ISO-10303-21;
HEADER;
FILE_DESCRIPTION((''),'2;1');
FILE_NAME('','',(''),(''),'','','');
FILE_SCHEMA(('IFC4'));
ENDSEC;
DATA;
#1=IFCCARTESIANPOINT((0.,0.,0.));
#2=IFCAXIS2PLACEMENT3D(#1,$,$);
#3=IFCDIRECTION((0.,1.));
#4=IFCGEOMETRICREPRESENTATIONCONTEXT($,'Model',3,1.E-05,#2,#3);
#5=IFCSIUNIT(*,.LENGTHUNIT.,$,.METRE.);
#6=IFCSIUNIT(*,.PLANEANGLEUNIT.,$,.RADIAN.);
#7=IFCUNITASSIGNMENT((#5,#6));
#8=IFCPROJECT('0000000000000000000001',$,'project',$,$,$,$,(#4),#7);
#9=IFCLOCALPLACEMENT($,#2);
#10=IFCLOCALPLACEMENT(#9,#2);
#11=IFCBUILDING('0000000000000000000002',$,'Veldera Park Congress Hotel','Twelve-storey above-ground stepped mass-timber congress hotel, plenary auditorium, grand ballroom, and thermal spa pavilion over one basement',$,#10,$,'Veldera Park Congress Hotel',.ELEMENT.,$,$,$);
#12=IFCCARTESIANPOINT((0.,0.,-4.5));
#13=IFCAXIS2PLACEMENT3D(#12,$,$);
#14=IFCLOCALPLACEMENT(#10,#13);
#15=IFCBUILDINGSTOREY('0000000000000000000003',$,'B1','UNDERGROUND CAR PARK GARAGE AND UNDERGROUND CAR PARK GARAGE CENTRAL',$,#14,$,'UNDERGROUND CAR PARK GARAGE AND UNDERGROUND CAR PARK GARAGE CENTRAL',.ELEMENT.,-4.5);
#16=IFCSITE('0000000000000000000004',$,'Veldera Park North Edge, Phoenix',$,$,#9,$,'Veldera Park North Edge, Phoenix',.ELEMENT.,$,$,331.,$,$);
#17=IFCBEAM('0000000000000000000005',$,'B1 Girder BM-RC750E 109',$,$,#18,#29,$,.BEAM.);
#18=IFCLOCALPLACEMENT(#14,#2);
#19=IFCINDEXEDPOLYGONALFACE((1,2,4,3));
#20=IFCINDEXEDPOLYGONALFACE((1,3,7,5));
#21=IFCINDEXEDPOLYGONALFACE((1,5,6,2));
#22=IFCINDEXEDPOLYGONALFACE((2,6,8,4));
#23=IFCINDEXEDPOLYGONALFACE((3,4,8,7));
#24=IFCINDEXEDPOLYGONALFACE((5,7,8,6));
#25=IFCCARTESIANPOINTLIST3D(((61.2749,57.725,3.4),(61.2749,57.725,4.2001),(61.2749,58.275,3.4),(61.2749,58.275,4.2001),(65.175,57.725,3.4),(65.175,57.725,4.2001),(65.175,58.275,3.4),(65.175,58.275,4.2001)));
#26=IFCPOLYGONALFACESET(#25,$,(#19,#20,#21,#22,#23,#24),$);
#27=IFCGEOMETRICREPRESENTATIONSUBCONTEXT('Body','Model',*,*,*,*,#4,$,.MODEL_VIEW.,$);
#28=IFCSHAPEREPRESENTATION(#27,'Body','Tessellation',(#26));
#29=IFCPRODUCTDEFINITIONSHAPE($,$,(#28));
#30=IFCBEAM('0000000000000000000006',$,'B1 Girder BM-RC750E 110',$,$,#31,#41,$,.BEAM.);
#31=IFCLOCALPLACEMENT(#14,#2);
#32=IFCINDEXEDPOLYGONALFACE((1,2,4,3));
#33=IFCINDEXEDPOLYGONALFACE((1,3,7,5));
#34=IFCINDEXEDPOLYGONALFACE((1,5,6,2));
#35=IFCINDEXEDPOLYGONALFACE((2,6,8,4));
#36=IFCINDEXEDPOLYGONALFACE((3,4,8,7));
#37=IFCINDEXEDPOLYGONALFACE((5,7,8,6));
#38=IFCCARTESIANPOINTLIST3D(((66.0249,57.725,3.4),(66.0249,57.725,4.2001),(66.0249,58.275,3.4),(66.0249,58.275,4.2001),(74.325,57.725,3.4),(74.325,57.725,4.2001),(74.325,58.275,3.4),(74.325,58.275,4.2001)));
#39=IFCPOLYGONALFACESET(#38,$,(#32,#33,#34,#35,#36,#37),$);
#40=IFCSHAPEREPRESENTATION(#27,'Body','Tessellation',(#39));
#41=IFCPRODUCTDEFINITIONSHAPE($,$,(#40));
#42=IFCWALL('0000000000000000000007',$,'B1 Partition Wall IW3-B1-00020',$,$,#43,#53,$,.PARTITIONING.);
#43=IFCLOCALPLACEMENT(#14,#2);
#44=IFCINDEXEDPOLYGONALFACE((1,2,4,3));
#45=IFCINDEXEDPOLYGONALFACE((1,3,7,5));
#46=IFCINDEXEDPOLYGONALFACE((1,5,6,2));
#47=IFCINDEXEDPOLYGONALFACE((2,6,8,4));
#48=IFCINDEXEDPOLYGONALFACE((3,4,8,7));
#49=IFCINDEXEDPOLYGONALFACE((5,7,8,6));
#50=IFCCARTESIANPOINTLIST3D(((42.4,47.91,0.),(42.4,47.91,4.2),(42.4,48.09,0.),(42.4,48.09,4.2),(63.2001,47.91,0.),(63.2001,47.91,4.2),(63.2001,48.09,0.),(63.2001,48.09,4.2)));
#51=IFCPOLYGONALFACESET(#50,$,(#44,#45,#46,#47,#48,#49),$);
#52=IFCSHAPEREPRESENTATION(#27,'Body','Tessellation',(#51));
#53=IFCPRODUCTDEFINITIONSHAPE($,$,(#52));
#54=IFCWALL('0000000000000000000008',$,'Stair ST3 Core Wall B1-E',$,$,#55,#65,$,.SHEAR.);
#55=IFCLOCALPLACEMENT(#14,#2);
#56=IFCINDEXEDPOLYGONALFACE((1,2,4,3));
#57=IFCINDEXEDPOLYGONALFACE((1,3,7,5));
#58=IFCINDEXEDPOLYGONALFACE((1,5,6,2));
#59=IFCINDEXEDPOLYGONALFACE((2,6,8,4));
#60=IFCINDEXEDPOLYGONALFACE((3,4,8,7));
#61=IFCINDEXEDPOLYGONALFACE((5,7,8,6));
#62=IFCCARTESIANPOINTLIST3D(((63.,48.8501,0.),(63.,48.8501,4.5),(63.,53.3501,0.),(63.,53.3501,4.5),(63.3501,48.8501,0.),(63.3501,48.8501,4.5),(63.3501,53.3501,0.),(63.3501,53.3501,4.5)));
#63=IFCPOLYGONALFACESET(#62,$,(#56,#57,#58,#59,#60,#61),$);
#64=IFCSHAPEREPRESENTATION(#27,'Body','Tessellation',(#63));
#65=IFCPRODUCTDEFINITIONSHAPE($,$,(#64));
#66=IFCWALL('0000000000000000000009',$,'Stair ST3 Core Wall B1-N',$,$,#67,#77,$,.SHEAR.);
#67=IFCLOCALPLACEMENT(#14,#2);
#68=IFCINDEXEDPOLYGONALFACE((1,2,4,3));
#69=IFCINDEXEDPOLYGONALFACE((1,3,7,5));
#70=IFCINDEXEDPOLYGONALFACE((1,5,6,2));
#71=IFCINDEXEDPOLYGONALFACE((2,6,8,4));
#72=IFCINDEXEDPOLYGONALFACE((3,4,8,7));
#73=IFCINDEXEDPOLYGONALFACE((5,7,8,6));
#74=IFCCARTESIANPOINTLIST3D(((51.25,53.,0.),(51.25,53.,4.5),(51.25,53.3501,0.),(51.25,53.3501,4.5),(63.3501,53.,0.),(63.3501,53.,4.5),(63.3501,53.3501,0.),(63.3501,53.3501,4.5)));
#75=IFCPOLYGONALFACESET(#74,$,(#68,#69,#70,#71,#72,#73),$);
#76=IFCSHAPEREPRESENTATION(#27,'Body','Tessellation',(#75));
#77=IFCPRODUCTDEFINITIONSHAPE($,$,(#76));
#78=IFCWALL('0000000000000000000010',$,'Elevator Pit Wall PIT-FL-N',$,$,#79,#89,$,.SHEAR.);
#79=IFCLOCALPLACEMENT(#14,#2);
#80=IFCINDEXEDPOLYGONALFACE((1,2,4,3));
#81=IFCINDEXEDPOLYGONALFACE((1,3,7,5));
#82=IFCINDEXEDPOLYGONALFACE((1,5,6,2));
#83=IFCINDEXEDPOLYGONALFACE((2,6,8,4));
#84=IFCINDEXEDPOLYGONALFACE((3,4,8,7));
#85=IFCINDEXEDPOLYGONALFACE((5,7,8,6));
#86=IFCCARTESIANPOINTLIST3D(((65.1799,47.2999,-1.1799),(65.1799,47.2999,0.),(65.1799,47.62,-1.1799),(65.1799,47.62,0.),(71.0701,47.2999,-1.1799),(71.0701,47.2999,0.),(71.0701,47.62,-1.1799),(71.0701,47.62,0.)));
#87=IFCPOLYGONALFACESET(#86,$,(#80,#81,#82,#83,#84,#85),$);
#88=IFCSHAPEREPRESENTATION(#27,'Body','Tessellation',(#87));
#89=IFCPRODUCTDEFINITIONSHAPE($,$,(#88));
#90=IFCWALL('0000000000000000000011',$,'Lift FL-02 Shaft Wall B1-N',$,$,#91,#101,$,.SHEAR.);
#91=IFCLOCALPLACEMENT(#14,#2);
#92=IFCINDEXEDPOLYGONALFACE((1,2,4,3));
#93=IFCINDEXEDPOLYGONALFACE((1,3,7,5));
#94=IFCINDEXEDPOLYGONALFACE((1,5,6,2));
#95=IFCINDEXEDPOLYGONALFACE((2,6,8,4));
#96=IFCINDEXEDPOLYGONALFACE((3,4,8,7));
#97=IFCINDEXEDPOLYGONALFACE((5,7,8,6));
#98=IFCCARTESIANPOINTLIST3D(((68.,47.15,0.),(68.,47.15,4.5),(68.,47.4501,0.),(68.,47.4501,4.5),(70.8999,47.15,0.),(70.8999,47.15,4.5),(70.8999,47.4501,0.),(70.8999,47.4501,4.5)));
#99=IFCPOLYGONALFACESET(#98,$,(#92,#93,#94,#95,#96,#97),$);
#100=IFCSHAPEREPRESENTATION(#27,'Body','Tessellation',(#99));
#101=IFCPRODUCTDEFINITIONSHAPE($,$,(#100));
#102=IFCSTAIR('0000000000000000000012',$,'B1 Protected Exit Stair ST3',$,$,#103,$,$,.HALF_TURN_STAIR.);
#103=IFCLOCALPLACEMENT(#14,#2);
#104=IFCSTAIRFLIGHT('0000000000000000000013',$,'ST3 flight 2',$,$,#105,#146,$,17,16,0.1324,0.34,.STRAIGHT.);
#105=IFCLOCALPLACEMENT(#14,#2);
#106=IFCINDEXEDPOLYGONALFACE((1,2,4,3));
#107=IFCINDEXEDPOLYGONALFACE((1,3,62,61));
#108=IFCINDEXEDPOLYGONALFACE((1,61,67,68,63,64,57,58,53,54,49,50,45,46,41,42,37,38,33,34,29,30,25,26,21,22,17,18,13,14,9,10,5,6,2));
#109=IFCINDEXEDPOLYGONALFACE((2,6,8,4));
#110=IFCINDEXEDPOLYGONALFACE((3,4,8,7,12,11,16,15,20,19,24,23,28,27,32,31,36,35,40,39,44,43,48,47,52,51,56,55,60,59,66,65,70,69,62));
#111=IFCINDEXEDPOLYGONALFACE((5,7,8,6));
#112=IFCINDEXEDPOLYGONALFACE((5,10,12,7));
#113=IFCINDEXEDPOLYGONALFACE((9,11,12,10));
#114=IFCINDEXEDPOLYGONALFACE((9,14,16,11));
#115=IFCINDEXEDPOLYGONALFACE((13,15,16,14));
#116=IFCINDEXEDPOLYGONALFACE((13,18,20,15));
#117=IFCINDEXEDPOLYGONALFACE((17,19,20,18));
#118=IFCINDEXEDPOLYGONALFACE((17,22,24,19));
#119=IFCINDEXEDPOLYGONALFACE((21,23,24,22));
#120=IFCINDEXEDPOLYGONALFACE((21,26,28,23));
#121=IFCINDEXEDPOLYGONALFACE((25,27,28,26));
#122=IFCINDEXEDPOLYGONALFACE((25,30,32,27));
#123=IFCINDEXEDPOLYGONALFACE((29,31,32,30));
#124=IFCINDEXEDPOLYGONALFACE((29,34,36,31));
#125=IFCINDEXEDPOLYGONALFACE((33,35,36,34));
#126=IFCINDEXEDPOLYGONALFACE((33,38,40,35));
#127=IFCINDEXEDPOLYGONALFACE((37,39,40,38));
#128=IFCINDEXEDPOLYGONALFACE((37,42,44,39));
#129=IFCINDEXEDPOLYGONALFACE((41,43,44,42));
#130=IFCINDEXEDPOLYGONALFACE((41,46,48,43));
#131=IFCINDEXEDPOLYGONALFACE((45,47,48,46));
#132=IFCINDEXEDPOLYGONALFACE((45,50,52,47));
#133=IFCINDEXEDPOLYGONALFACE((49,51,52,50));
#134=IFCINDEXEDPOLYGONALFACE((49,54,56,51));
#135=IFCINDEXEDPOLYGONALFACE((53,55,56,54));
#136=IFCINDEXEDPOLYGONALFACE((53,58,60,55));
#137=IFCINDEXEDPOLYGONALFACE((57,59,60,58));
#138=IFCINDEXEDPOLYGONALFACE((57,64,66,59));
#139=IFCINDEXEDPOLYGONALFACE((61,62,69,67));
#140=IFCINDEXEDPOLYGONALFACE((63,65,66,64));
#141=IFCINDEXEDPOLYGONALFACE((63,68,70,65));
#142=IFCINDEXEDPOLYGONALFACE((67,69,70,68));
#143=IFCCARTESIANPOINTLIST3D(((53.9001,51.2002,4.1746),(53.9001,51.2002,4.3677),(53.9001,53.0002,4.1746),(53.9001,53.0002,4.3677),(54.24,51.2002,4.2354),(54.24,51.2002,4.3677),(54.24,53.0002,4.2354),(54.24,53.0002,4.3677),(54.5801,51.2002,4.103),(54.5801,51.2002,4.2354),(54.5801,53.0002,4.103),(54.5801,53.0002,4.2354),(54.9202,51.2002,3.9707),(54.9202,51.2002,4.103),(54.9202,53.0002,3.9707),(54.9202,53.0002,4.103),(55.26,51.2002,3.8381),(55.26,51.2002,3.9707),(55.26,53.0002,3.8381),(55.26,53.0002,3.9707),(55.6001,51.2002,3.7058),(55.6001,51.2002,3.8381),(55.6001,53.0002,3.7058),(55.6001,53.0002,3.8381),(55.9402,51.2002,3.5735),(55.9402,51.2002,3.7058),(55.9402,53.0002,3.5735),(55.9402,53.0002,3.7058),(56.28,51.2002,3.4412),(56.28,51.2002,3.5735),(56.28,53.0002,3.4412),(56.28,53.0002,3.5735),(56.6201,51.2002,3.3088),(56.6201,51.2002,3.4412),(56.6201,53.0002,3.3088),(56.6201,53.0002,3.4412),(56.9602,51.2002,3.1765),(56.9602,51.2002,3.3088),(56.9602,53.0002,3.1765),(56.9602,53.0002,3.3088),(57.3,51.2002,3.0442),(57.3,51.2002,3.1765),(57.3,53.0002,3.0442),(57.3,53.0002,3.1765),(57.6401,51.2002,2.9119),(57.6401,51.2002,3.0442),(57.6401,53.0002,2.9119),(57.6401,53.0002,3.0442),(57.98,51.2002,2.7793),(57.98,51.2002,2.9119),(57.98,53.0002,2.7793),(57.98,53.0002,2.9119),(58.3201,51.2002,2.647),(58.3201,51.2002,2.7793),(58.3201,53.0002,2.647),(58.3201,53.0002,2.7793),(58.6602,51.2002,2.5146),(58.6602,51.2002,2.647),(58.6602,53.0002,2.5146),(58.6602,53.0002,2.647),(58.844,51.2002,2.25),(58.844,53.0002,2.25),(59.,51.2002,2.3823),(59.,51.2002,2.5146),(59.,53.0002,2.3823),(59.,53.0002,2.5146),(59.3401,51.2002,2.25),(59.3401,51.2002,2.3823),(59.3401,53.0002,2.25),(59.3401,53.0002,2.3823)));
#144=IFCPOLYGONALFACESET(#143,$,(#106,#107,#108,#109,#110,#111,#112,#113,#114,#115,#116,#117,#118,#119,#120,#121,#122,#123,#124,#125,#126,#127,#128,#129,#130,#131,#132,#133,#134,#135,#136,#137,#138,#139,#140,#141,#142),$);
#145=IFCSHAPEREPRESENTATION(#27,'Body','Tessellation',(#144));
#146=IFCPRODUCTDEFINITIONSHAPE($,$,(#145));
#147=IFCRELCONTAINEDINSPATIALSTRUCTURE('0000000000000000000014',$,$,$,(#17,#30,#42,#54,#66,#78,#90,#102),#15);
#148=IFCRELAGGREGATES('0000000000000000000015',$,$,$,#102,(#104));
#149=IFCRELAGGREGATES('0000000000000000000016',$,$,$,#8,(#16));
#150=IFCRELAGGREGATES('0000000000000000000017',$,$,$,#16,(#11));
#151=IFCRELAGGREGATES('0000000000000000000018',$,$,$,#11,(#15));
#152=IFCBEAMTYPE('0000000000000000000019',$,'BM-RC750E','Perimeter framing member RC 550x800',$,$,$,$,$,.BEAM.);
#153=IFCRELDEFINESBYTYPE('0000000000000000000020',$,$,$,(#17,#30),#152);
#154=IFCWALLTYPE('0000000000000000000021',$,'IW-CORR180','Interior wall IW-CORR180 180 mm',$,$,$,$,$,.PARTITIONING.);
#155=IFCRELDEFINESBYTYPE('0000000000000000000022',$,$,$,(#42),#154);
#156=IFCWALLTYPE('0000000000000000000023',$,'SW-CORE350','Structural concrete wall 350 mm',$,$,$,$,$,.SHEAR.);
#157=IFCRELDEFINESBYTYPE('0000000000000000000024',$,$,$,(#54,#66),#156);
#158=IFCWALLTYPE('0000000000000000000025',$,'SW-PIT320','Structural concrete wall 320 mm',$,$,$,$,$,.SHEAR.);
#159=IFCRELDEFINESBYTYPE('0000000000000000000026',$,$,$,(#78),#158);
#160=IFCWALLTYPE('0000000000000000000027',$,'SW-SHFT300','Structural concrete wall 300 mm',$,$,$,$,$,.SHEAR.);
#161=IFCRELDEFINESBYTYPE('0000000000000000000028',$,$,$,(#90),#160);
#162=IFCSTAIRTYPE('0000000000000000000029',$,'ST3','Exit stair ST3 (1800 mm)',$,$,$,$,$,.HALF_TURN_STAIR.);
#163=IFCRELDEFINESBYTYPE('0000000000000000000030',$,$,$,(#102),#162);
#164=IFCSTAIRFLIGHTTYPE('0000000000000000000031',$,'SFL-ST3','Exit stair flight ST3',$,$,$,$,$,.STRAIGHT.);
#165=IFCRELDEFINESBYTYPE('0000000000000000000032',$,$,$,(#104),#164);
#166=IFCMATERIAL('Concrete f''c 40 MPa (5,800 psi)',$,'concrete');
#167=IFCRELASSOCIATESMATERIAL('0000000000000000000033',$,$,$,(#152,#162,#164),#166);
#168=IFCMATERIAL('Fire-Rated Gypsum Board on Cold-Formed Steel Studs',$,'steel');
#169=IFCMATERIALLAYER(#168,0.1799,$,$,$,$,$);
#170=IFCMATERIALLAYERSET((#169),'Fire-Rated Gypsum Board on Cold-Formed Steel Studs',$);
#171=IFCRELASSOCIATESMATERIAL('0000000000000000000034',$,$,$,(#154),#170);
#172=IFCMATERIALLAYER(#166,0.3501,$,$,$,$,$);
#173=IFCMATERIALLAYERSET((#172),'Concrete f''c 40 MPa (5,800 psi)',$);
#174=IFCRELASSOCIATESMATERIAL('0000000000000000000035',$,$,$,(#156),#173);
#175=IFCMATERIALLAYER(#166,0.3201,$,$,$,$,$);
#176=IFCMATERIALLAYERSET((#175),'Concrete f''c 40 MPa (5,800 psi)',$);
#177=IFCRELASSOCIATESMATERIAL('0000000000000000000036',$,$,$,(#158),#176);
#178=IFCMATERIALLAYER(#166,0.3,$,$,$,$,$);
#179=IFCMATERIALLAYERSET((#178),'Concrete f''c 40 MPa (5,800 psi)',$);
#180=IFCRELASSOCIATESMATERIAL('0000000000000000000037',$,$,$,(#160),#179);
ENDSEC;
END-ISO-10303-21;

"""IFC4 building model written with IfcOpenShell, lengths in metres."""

from ifc_helpers import new_model, si_unit, direction, frame, frame_2d, origin, origin_2d, place, context, subcontext, project, spatial, polyline, rectangle, outline, extrude, material, layer, layer_set, material_profile, profile_set, type_object, element, aggregate, save


model = new_model("IFC4")

# Units and contexts
model_context = context("Model", 3, precision=1e-05, world=origin(), true_north=direction((0.0, 1.0)))
body_context = subcontext(model_context, "Body", "Model", "MODEL_VIEW")
ifc_project = project(units=[si_unit("LENGTHUNIT", "METRE"), si_unit("PLANEANGLEUNIT", "RADIAN")], contexts=[model_context])

# Site, building, storey
site_placement = place(None, origin())
site = spatial("IfcSite", under=ifc_project, at=site_placement, Name="Veldera Park North Edge, Phoenix", LongName="Veldera Park North Edge, Phoenix", CompositionType="ELEMENT", RefElevation=331.0)
building_placement = place(site_placement, origin())
building = spatial("IfcBuilding", under=site, at=building_placement, Name="Veldera Park Congress Hotel", Description="Twelve-storey above-ground stepped mass-timber congress hotel, plenary auditorium, grand ballroom, and thermal spa pavilion over one basement", LongName="Veldera Park Congress Hotel", CompositionType="ELEMENT")
storey_placement = place(building_placement, frame((0.0, 0.0, -4.5)))
storey = spatial("IfcBuildingStorey", under=building, at=storey_placement, Name="B1", Description="UNDERGROUND CAR PARK GARAGE AND UNDERGROUND CAR PARK GARAGE CENTRAL", LongName="UNDERGROUND CAR PARK GARAGE AND UNDERGROUND CAR PARK GARAGE CENTRAL", CompositionType="ELEMENT", Elevation=-4.5)

# Shared definitions
ifc_material_1 = material(Name="Concrete f'c 40 MPa (5,800 psi)", Category="concrete")

# Beams
ifc_material_profile_1 = material_profile(ifc_material_1, rectangle(XDim=0.55, YDim=0.8, at=origin_2d()), Name="RC 550x800")
ifc_profile_set_1 = profile_set([ifc_material_profile_1], Name="Concrete f'c 40 MPa (5,800 psi)")
beam_type = type_object("IfcBeamType", Name="BM-RC750E", Description="Perimeter framing member RC 550x800", PredefinedType="BEAM", material=ifc_profile_set_1)
beam_1_placement = place(storey_placement, frame((61.2749, 58.0, 3.8), z_axis=(1.0, 0.0, 0.0), x_axis=(0.0, 1.0, 0.0)))
element("IfcBeam", 1, at=beam_1_placement, inside=storey, type_object=beam_type, Name="B1 Girder BM-RC750E 109", PredefinedType="BEAM", context=body_context, shape_type="SweptSolid", body=[
    extrude(rectangle(XDim=0.55, YDim=0.8, at=origin_2d()), origin(), (0.0, 0.0, 1.0), 3.9001),
])
beam_2_placement = place(storey_placement, frame((66.0249, 58.0, 3.8), z_axis=(1.0, 0.0, 0.0), x_axis=(0.0, 1.0, 0.0)))
element("IfcBeam", 2, at=beam_2_placement, inside=storey, type_object=beam_type, Name="B1 Girder BM-RC750E 110", PredefinedType="BEAM", context=body_context, shape_type="SweptSolid", body=[
    extrude(rectangle(XDim=0.55, YDim=0.8, at=origin_2d()), origin(), (0.0, 0.0, 1.0), 8.3),
])

# Walls
ifc_material_2 = material(Name="Fire-Rated Gypsum Board on Cold-Formed Steel Studs", Category="steel")
ifc_layer_1 = layer(ifc_material_2, 0.1799)
ifc_layer_set_1 = layer_set([ifc_layer_1], Name="Fire-Rated Gypsum Board on Cold-Formed Steel Studs")
wall_type_1 = type_object("IfcWallType", Name="IW-CORR180", Description="Interior wall IW-CORR180 180 mm", PredefinedType="PARTITIONING", material=ifc_layer_set_1)
wall_1_placement = place(storey_placement, frame((63.2, 48.0, 0.0), z_axis=(0.0, 0.0, 1.0), x_axis=(-1.0, 0.0, 0.0)))
element("IfcWall", 3, at=wall_1_placement, inside=storey, type_object=wall_type_1, Name="B1 Partition Wall IW3-B1-00020", PredefinedType="PARTITIONING", context=body_context, shape_type="SweptSolid", body=[
    extrude(rectangle(XDim=20.8, YDim=0.1799, at=frame_2d((10.3999, 0.0))), origin(), (0.0, 0.0, 1.0), 4.2),
])
ifc_layer_2 = layer(ifc_material_1, 0.3501)
ifc_layer_set_2 = layer_set([ifc_layer_2], Name="Concrete f'c 40 MPa (5,800 psi)")
wall_type_2 = type_object("IfcWallType", Name="SW-CORE350", Description="Structural concrete wall 350 mm", PredefinedType="SHEAR", material=ifc_layer_set_2)
wall_2_placement = place(storey_placement, frame((63.175, 48.8501, 0.0), z_axis=(0.0, 0.0, 1.0), x_axis=(0.0, 1.0, 0.0)))
element("IfcWall", 4, at=wall_2_placement, inside=storey, type_object=wall_type_2, Name="Stair ST3 Core Wall B1-E", PredefinedType="SHEAR", context=body_context, shape_type="SweptSolid", body=[
    extrude(rectangle(XDim=4.5, YDim=0.3501, at=frame_2d((2.25, 0.0))), origin(), (0.0, 0.0, 1.0), 4.5),
])
wall_3_placement = place(storey_placement, frame((63.3501, 53.175, 0.0), z_axis=(0.0, 0.0, 1.0), x_axis=(-1.0, 0.0, 0.0)))
element("IfcWall", 5, at=wall_3_placement, inside=storey, type_object=wall_type_2, Name="Stair ST3 Core Wall B1-N", PredefinedType="SHEAR", context=body_context, shape_type="SweptSolid", body=[
    extrude(rectangle(XDim=12.1001, YDim=0.3501, at=frame_2d((6.05, 0.0))), origin(), (0.0, 0.0, 1.0), 4.5),
])
ifc_layer_3 = layer(ifc_material_1, 0.3201)
ifc_layer_set_3 = layer_set([ifc_layer_3], Name="Concrete f'c 40 MPa (5,800 psi)")
wall_type_3 = type_object("IfcWallType", Name="SW-PIT320", Description="Structural concrete wall 320 mm", PredefinedType="SHEAR", material=ifc_layer_set_3)
wall_4_placement = place(storey_placement, frame((71.0701, 47.46, -1.1799), z_axis=(0.0, 0.0, 1.0), x_axis=(-1.0, 0.0, 0.0)))
element("IfcWall", 6, at=wall_4_placement, inside=storey, type_object=wall_type_3, Name="Elevator Pit Wall PIT-FL-N", PredefinedType="SHEAR", context=body_context, shape_type="SweptSolid", body=[
    extrude(rectangle(XDim=5.8901, YDim=0.3201, at=frame_2d((2.9451, 0.0))), origin(), (0.0, 0.0, 1.0), 1.1799),
])
ifc_layer_4 = layer(ifc_material_1, 0.3)
ifc_layer_set_4 = layer_set([ifc_layer_4], Name="Concrete f'c 40 MPa (5,800 psi)")
wall_type_4 = type_object("IfcWallType", Name="SW-SHFT300", Description="Structural concrete wall 300 mm", PredefinedType="SHEAR", material=ifc_layer_set_4)
wall_5_placement = place(storey_placement, frame((70.8999, 47.3, 0.0), z_axis=(0.0, 0.0, 1.0), x_axis=(-1.0, 0.0, 0.0)))
element("IfcWall", 7, at=wall_5_placement, inside=storey, type_object=wall_type_4, Name="Lift FL-02 Shaft Wall B1-N", PredefinedType="SHEAR", context=body_context, shape_type="SweptSolid", body=[
    extrude(rectangle(XDim=2.8999, YDim=0.3, at=frame_2d((1.45, 0.0))), origin(), (0.0, 0.0, 1.0), 4.5),
])

# Stair, stair flight
stair_type = type_object("IfcStairType", Name="ST3", Description="Exit stair ST3 (1800 mm)", PredefinedType="HALF_TURN_STAIR", material=ifc_material_1)
stair_placement = place(storey_placement, origin())
stair = element("IfcStair", 8, at=stair_placement, inside=storey, type_object=stair_type, Name="B1 Protected Exit Stair ST3", PredefinedType="HALF_TURN_STAIR")
stair_flight_type = type_object("IfcStairFlightType", Name="SFL-ST3", Description="Exit stair flight ST3", PredefinedType="STRAIGHT", material=ifc_material_1)
stair_flight_placement = place(storey_placement, frame((59.3401, 52.1001, 2.25), z_axis=(0.0, 0.0, 1.0), x_axis=(-1.0, 0.0, 0.0)))
stair_flight = element("IfcStairFlight", 9, at=stair_flight_placement, type_object=stair_flight_type, Name="ST3 flight 2", NumberOfRisers=17, NumberOfTreads=16, PredefinedType="STRAIGHT", RiserHeight=0.1324, TreadLength=0.34, context=body_context, shape_type="SweptSolid", body=[
    extrude(outline(polyline([(0.0, 0.0), (0.0, 0.1323), (0.3401, 0.1323), (0.3401, 0.2646), (0.6799, 0.2646), (0.6799, 0.397), (1.02, 0.397), (1.02, 0.5293), (1.3601, 0.5293), (1.3601, 0.6619), (1.7, 0.6619), (1.7, 0.7942), (2.04, 0.7942), (2.04, 0.9265), (2.3799, 0.9265), (2.3799, 1.0588), (2.72, 1.0588), (2.72, 1.1912), (3.0601, 1.1912), (3.0601, 1.3235), (3.3999, 1.3235), (3.3999, 1.4558), (3.74, 1.4558), (3.74, 1.5881), (4.0801, 1.5881), (4.0801, 1.7207), (4.4199, 1.7207), (4.4199, 1.853), (4.76, 1.853), (4.76, 1.9854), (5.1001, 1.9854), (5.1001, 2.1177), (5.4399, 2.1177), (5.4399, 2.25), (5.4399, 2.25), (5.4399, 1.9246), (0.4961, 0.0), (0.0, 0.0)])), frame((0.0, 0.8999, 0.0), z_axis=(0.0, -1.0, 0.0), x_axis=(1.0, 0.0, 0.0)), (0.0, 0.0, 1.0), 1.8),
])
aggregate(stair, [stair_flight])

save(model, "model.ifc")
